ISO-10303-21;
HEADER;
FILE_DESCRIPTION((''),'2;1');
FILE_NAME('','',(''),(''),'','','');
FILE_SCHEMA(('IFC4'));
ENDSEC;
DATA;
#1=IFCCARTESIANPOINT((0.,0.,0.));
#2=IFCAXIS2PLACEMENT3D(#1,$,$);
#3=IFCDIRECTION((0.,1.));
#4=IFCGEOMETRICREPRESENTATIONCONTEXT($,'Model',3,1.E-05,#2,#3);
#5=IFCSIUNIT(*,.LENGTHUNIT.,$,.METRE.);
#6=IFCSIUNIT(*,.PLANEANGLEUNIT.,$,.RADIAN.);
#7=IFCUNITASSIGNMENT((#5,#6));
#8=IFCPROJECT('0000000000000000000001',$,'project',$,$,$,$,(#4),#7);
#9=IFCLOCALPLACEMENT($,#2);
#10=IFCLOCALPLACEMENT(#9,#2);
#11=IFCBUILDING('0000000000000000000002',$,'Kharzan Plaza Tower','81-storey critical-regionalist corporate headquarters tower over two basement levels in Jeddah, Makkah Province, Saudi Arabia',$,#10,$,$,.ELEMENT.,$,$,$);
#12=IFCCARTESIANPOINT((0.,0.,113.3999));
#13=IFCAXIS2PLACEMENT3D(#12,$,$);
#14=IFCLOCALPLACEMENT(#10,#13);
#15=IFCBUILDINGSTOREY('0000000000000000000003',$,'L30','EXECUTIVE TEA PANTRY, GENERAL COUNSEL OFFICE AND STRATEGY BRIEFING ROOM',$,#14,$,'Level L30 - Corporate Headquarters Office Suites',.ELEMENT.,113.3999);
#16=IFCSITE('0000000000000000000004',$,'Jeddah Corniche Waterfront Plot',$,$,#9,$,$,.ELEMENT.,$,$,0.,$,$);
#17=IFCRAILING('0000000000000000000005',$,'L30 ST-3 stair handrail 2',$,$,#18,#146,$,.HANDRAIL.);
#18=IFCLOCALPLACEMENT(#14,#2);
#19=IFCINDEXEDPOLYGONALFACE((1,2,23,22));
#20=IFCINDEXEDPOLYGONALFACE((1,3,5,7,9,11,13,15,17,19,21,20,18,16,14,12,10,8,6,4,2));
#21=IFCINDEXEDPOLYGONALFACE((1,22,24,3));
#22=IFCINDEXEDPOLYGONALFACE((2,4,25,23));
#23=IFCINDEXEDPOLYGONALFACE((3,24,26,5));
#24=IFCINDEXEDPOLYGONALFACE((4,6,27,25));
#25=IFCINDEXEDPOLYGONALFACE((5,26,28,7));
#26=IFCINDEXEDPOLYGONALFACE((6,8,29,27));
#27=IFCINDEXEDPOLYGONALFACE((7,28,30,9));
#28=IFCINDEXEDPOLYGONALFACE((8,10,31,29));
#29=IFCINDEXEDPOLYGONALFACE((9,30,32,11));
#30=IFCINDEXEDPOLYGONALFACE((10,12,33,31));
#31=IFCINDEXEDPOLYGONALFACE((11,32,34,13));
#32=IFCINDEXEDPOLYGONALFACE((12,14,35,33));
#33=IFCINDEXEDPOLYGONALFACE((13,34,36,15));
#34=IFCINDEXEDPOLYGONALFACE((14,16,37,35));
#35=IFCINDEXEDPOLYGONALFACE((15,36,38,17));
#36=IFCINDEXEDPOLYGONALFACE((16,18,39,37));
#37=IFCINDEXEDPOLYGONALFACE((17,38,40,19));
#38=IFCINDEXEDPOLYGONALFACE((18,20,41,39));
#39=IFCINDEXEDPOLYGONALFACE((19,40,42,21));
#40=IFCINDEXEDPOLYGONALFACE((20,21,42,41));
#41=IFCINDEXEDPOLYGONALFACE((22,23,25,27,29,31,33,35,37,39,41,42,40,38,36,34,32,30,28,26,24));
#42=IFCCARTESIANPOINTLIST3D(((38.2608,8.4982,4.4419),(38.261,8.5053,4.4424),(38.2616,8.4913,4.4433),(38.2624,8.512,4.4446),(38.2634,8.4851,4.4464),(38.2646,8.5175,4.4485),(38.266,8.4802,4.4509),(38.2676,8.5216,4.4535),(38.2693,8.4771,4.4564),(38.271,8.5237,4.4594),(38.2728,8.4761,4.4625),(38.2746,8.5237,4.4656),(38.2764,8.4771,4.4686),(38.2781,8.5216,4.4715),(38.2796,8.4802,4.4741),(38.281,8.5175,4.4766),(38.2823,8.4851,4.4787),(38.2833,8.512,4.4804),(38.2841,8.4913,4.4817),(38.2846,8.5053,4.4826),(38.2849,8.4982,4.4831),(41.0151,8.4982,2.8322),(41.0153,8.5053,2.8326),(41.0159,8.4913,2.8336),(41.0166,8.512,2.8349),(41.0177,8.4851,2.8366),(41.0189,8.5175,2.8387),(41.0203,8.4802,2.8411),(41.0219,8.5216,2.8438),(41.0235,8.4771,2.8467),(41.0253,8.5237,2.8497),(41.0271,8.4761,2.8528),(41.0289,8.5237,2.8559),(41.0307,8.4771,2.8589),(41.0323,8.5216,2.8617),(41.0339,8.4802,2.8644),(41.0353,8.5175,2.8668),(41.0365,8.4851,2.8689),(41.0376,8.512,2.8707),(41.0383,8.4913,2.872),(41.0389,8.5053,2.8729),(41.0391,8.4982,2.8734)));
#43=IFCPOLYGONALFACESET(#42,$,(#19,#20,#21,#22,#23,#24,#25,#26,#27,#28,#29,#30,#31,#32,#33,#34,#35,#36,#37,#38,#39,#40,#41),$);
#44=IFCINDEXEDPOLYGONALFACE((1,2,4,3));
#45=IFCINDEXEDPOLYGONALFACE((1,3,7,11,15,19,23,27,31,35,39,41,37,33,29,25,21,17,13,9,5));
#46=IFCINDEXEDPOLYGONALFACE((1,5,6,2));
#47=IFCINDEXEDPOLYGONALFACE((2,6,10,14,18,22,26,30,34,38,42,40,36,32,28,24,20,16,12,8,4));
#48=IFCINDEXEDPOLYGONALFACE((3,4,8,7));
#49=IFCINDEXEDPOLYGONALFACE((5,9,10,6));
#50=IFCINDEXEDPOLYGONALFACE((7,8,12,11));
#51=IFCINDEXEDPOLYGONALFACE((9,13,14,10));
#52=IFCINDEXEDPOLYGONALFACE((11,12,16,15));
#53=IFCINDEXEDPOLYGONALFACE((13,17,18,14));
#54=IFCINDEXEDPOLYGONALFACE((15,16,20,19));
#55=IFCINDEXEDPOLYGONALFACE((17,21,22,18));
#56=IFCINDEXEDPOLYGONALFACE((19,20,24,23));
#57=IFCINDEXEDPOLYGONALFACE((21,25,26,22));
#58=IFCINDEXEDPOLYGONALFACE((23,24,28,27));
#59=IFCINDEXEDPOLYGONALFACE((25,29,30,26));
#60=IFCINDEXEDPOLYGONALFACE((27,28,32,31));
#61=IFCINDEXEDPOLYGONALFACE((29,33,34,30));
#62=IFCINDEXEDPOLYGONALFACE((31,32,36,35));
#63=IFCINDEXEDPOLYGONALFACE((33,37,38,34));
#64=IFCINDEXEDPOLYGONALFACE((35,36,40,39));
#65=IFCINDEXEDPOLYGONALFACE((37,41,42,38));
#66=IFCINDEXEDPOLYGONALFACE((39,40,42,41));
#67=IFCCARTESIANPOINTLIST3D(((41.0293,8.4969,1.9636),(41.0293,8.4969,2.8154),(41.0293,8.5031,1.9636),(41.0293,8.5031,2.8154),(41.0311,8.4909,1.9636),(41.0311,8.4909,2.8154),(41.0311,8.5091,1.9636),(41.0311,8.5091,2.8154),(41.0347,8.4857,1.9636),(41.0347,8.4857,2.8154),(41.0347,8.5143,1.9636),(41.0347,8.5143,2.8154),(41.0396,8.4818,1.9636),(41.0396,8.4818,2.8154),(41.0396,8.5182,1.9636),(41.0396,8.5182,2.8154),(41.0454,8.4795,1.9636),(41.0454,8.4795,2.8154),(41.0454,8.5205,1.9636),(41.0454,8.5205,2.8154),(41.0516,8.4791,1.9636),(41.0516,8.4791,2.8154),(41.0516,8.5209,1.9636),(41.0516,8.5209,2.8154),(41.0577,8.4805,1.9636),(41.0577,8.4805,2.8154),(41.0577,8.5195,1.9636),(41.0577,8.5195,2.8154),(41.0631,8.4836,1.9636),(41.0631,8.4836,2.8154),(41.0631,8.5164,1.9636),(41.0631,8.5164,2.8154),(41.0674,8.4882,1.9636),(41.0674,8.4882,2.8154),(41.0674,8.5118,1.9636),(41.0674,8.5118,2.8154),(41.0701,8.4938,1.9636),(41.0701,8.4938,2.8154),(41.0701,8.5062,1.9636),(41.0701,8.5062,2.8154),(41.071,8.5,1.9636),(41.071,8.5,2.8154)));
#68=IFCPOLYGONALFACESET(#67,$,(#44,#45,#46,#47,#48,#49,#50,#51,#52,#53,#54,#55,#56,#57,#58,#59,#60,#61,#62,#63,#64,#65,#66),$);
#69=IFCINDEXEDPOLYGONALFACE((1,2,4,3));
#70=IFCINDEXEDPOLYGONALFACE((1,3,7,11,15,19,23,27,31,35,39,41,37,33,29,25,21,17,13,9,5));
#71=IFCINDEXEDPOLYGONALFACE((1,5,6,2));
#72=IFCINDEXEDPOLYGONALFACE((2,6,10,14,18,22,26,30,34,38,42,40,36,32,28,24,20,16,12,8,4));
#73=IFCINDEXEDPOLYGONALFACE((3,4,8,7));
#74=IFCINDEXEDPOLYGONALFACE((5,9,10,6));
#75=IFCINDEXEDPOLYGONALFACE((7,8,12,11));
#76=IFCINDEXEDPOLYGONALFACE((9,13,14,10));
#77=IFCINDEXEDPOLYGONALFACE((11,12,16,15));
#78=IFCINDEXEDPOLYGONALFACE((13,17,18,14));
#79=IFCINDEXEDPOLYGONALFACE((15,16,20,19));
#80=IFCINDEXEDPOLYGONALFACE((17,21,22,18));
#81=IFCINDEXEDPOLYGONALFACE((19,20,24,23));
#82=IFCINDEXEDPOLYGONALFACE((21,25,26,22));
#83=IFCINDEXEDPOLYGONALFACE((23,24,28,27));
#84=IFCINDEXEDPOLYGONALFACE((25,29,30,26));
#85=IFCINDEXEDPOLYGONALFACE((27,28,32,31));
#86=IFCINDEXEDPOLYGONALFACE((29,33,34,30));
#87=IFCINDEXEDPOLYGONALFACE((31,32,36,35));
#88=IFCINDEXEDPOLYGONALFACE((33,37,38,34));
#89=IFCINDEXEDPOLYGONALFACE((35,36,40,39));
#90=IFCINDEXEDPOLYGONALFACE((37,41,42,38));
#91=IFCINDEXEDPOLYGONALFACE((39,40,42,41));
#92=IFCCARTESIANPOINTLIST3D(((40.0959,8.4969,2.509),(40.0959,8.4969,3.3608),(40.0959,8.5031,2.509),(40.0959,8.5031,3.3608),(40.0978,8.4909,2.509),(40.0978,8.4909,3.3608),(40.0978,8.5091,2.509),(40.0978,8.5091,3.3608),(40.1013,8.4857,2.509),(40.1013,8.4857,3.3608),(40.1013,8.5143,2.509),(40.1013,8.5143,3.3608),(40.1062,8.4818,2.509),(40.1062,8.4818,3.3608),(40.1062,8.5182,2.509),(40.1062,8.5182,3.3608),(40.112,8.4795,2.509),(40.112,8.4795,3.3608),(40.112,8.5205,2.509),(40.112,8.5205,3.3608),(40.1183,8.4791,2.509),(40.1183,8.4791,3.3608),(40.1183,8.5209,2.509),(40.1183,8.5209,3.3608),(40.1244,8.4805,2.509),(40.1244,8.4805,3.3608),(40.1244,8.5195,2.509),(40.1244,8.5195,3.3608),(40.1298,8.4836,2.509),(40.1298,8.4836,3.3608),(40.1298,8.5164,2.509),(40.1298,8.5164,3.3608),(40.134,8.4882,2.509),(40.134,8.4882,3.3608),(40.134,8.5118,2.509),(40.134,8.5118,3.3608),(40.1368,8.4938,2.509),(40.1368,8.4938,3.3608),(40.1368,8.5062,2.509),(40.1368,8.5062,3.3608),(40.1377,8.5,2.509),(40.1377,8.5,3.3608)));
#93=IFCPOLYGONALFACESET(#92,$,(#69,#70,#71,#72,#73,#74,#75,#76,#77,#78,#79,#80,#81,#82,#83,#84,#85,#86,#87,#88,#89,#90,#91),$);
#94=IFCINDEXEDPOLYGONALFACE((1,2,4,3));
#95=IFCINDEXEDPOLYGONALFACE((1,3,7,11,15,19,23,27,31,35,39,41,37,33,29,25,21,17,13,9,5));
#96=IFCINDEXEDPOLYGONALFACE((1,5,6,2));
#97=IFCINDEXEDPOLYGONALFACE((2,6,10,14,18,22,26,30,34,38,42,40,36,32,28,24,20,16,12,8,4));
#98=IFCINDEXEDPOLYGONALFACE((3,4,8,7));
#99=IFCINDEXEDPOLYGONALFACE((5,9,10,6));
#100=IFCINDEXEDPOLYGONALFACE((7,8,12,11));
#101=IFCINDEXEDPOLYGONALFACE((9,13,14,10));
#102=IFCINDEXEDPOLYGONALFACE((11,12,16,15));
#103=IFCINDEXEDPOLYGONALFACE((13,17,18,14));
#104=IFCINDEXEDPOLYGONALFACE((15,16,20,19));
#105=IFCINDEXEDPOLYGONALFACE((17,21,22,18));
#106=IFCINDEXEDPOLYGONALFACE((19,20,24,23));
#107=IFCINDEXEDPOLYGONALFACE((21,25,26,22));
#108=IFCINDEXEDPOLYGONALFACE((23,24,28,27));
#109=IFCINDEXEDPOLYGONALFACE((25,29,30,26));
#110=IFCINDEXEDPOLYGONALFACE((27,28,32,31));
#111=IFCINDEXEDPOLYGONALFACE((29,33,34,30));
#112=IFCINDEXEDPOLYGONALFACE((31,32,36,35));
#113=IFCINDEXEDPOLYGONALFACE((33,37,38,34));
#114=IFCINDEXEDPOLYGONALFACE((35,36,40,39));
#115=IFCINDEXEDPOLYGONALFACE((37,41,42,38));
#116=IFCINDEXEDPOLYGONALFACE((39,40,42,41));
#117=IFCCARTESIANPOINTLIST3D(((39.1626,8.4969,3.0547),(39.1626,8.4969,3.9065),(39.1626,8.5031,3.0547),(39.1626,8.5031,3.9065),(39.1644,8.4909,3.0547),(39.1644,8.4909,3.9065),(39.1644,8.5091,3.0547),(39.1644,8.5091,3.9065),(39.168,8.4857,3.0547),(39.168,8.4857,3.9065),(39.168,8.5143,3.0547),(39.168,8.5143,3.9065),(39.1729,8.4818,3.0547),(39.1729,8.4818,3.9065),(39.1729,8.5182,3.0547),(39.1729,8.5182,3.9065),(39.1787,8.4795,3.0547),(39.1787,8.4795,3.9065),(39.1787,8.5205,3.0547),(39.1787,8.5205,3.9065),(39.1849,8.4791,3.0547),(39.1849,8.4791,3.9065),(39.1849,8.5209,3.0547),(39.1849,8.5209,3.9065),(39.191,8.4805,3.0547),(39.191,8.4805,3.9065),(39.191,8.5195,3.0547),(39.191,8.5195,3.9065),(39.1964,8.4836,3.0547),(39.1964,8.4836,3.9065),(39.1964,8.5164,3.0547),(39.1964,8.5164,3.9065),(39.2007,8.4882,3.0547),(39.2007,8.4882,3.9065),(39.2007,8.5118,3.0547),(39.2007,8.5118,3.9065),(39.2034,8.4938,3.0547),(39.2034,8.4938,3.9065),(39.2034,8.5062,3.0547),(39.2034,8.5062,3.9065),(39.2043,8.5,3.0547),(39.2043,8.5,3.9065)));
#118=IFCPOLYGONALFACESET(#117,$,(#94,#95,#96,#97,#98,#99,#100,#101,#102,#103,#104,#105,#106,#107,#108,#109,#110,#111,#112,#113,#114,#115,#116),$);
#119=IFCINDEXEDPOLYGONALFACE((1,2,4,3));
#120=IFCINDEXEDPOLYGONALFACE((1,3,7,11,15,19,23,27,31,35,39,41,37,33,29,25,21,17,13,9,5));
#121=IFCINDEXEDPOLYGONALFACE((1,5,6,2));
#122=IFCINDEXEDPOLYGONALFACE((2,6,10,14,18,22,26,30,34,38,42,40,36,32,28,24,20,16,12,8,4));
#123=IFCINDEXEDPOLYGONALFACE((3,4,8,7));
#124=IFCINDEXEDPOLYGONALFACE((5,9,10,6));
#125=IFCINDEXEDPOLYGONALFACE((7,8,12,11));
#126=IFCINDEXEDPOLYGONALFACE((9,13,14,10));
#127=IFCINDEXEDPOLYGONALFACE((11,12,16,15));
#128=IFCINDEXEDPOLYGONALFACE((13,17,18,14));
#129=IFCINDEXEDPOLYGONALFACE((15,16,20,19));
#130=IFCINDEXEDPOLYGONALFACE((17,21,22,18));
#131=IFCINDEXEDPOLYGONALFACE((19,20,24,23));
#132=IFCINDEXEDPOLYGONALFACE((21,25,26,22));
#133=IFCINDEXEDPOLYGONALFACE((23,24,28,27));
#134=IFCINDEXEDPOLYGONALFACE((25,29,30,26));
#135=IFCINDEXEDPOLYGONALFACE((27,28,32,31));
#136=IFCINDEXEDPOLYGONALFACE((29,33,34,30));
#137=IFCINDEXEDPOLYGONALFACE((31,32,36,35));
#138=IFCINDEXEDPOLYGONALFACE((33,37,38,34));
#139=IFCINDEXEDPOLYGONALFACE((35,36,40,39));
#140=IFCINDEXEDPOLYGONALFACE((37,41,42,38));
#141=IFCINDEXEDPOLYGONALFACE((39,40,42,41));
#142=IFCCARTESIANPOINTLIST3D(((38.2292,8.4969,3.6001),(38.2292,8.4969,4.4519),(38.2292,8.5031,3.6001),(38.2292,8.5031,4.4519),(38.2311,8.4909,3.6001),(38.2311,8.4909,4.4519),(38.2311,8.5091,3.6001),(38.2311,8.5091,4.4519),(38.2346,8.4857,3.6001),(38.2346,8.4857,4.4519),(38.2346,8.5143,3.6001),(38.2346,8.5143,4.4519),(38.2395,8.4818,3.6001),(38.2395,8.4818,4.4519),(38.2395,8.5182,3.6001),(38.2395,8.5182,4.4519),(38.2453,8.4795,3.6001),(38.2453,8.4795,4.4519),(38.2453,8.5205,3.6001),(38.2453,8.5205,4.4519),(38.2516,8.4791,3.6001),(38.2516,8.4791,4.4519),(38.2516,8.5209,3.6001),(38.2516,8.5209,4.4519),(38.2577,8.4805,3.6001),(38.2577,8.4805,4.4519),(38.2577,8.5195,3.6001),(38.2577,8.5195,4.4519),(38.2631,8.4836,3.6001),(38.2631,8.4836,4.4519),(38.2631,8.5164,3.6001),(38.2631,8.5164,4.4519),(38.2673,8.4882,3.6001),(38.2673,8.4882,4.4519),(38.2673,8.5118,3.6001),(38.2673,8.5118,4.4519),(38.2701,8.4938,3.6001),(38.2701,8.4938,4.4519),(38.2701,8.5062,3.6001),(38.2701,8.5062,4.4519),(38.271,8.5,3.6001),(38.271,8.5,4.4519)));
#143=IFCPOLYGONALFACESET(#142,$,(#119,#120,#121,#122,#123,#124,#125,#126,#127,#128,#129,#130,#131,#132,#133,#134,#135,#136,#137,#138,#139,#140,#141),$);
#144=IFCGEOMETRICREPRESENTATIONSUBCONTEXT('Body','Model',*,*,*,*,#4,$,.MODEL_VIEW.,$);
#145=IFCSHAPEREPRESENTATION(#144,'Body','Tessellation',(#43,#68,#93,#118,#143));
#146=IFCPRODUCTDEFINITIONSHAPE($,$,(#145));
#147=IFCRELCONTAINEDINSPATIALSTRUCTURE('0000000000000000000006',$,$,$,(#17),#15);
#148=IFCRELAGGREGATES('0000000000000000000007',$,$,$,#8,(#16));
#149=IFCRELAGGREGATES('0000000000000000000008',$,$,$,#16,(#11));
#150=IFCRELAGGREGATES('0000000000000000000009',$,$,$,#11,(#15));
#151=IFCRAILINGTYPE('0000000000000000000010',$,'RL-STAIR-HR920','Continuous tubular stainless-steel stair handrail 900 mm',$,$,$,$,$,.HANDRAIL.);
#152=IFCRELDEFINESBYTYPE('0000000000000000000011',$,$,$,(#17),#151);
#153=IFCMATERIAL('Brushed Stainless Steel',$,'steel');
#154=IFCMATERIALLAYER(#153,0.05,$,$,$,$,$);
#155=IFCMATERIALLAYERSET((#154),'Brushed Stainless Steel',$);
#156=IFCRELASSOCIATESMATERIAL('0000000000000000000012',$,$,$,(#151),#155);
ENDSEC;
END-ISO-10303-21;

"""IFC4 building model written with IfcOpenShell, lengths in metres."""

from ifc_helpers import new_model, si_unit, direction, frame, origin, origin_2d, place, context, subcontext, project, spatial, circle, extrude, source, transform, mapped, material, layer, layer_set, type_object, element, save


model = new_model("IFC4")

# Units and contexts
model_context = context("Model", 3, precision=1e-05, world=origin(), true_north=direction((0.0, 1.0)))
body_context = subcontext(model_context, "Body", "Model", "MODEL_VIEW")
ifc_project = project(units=[si_unit("LENGTHUNIT", "METRE"), si_unit("PLANEANGLEUNIT", "RADIAN")], contexts=[model_context])

# Site, building, storey
site_placement = place(None, origin())
site = spatial("IfcSite", under=ifc_project, at=site_placement, Name="Jeddah Corniche Waterfront Plot", CompositionType="ELEMENT", RefElevation=0.0)
building_placement = place(site_placement, origin())
building = spatial("IfcBuilding", under=site, at=building_placement, Name="Kharzan Plaza Tower", Description="81-storey critical-regionalist corporate headquarters tower over two basement levels in Jeddah, Makkah Province, Saudi Arabia", CompositionType="ELEMENT")
storey_placement = place(building_placement, frame((0.0, 0.0, 113.3999)))
storey = spatial("IfcBuildingStorey", under=building, at=storey_placement, Name="L30", Description="EXECUTIVE TEA PANTRY, GENERAL COUNSEL OFFICE AND STRATEGY BRIEFING ROOM", LongName="Level L30 - Corporate Headquarters Office Suites", CompositionType="ELEMENT", Elevation=113.3999)

# Shared definitions
ifc_material_1 = material(Name="Brushed Stainless Steel", Category="steel")

# Railing
ifc_layer_1 = layer(ifc_material_1, 0.05)
ifc_layer_set_1 = layer_set([ifc_layer_1], Name="Brushed Stainless Steel")
railing_type_1 = type_object("IfcRailingType", Name="RL-STAIR-HR920", Description="Continuous tubular stainless-steel stair handrail 900 mm", PredefinedType="HANDRAIL", material=ifc_layer_set_1)
shared_shape_1 = source(origin(), body_context, "Body", "SweptSolid", [
    extrude(circle(Radius=0.0239, at=origin_2d()), frame((-0.0229, 0.0, 0.8892), z_axis=(-0.863361, 0.0, 0.504587), x_axis=(0.0, -1.0, 0.0)), (0.0, 0.0, 1.0), 3.1902),
    extrude(circle(Radius=0.021, at=origin_2d()), origin(), (0.0, 0.0, 1.0), 0.8518),
    extrude(circle(Radius=0.021, at=origin_2d()), frame((-0.9333, 0.0, 0.5454)), (0.0, 0.0, 1.0), 0.8518),
    extrude(circle(Radius=0.021, at=origin_2d()), frame((-1.8667, 0.0, 1.0911)), (0.0, 0.0, 1.0), 0.8518),
    extrude(circle(Radius=0.021, at=origin_2d()), frame((-2.8, 0.0, 1.6365)), (0.0, 0.0, 1.0), 0.8518),
])
railing_1_placement = place(storey_placement, frame((41.05, 8.5, 1.9636)))
element("IfcRailing", 1, at=railing_1_placement, inside=storey, type_object=railing_type_1, Name="L30 ST-3 stair handrail 2", PredefinedType="HANDRAIL", context=body_context, shape_type="MappedRepresentation", body=[
    mapped(shared_shape_1, transform((0.0, 0.0, 0.0), x_axis=(1.0, 0.0, 0.0), y_axis=(0.0, 1.0, 0.0), z_axis=(0.0, 0.0, 1.0))),
])

save(model, "model.ifc")
